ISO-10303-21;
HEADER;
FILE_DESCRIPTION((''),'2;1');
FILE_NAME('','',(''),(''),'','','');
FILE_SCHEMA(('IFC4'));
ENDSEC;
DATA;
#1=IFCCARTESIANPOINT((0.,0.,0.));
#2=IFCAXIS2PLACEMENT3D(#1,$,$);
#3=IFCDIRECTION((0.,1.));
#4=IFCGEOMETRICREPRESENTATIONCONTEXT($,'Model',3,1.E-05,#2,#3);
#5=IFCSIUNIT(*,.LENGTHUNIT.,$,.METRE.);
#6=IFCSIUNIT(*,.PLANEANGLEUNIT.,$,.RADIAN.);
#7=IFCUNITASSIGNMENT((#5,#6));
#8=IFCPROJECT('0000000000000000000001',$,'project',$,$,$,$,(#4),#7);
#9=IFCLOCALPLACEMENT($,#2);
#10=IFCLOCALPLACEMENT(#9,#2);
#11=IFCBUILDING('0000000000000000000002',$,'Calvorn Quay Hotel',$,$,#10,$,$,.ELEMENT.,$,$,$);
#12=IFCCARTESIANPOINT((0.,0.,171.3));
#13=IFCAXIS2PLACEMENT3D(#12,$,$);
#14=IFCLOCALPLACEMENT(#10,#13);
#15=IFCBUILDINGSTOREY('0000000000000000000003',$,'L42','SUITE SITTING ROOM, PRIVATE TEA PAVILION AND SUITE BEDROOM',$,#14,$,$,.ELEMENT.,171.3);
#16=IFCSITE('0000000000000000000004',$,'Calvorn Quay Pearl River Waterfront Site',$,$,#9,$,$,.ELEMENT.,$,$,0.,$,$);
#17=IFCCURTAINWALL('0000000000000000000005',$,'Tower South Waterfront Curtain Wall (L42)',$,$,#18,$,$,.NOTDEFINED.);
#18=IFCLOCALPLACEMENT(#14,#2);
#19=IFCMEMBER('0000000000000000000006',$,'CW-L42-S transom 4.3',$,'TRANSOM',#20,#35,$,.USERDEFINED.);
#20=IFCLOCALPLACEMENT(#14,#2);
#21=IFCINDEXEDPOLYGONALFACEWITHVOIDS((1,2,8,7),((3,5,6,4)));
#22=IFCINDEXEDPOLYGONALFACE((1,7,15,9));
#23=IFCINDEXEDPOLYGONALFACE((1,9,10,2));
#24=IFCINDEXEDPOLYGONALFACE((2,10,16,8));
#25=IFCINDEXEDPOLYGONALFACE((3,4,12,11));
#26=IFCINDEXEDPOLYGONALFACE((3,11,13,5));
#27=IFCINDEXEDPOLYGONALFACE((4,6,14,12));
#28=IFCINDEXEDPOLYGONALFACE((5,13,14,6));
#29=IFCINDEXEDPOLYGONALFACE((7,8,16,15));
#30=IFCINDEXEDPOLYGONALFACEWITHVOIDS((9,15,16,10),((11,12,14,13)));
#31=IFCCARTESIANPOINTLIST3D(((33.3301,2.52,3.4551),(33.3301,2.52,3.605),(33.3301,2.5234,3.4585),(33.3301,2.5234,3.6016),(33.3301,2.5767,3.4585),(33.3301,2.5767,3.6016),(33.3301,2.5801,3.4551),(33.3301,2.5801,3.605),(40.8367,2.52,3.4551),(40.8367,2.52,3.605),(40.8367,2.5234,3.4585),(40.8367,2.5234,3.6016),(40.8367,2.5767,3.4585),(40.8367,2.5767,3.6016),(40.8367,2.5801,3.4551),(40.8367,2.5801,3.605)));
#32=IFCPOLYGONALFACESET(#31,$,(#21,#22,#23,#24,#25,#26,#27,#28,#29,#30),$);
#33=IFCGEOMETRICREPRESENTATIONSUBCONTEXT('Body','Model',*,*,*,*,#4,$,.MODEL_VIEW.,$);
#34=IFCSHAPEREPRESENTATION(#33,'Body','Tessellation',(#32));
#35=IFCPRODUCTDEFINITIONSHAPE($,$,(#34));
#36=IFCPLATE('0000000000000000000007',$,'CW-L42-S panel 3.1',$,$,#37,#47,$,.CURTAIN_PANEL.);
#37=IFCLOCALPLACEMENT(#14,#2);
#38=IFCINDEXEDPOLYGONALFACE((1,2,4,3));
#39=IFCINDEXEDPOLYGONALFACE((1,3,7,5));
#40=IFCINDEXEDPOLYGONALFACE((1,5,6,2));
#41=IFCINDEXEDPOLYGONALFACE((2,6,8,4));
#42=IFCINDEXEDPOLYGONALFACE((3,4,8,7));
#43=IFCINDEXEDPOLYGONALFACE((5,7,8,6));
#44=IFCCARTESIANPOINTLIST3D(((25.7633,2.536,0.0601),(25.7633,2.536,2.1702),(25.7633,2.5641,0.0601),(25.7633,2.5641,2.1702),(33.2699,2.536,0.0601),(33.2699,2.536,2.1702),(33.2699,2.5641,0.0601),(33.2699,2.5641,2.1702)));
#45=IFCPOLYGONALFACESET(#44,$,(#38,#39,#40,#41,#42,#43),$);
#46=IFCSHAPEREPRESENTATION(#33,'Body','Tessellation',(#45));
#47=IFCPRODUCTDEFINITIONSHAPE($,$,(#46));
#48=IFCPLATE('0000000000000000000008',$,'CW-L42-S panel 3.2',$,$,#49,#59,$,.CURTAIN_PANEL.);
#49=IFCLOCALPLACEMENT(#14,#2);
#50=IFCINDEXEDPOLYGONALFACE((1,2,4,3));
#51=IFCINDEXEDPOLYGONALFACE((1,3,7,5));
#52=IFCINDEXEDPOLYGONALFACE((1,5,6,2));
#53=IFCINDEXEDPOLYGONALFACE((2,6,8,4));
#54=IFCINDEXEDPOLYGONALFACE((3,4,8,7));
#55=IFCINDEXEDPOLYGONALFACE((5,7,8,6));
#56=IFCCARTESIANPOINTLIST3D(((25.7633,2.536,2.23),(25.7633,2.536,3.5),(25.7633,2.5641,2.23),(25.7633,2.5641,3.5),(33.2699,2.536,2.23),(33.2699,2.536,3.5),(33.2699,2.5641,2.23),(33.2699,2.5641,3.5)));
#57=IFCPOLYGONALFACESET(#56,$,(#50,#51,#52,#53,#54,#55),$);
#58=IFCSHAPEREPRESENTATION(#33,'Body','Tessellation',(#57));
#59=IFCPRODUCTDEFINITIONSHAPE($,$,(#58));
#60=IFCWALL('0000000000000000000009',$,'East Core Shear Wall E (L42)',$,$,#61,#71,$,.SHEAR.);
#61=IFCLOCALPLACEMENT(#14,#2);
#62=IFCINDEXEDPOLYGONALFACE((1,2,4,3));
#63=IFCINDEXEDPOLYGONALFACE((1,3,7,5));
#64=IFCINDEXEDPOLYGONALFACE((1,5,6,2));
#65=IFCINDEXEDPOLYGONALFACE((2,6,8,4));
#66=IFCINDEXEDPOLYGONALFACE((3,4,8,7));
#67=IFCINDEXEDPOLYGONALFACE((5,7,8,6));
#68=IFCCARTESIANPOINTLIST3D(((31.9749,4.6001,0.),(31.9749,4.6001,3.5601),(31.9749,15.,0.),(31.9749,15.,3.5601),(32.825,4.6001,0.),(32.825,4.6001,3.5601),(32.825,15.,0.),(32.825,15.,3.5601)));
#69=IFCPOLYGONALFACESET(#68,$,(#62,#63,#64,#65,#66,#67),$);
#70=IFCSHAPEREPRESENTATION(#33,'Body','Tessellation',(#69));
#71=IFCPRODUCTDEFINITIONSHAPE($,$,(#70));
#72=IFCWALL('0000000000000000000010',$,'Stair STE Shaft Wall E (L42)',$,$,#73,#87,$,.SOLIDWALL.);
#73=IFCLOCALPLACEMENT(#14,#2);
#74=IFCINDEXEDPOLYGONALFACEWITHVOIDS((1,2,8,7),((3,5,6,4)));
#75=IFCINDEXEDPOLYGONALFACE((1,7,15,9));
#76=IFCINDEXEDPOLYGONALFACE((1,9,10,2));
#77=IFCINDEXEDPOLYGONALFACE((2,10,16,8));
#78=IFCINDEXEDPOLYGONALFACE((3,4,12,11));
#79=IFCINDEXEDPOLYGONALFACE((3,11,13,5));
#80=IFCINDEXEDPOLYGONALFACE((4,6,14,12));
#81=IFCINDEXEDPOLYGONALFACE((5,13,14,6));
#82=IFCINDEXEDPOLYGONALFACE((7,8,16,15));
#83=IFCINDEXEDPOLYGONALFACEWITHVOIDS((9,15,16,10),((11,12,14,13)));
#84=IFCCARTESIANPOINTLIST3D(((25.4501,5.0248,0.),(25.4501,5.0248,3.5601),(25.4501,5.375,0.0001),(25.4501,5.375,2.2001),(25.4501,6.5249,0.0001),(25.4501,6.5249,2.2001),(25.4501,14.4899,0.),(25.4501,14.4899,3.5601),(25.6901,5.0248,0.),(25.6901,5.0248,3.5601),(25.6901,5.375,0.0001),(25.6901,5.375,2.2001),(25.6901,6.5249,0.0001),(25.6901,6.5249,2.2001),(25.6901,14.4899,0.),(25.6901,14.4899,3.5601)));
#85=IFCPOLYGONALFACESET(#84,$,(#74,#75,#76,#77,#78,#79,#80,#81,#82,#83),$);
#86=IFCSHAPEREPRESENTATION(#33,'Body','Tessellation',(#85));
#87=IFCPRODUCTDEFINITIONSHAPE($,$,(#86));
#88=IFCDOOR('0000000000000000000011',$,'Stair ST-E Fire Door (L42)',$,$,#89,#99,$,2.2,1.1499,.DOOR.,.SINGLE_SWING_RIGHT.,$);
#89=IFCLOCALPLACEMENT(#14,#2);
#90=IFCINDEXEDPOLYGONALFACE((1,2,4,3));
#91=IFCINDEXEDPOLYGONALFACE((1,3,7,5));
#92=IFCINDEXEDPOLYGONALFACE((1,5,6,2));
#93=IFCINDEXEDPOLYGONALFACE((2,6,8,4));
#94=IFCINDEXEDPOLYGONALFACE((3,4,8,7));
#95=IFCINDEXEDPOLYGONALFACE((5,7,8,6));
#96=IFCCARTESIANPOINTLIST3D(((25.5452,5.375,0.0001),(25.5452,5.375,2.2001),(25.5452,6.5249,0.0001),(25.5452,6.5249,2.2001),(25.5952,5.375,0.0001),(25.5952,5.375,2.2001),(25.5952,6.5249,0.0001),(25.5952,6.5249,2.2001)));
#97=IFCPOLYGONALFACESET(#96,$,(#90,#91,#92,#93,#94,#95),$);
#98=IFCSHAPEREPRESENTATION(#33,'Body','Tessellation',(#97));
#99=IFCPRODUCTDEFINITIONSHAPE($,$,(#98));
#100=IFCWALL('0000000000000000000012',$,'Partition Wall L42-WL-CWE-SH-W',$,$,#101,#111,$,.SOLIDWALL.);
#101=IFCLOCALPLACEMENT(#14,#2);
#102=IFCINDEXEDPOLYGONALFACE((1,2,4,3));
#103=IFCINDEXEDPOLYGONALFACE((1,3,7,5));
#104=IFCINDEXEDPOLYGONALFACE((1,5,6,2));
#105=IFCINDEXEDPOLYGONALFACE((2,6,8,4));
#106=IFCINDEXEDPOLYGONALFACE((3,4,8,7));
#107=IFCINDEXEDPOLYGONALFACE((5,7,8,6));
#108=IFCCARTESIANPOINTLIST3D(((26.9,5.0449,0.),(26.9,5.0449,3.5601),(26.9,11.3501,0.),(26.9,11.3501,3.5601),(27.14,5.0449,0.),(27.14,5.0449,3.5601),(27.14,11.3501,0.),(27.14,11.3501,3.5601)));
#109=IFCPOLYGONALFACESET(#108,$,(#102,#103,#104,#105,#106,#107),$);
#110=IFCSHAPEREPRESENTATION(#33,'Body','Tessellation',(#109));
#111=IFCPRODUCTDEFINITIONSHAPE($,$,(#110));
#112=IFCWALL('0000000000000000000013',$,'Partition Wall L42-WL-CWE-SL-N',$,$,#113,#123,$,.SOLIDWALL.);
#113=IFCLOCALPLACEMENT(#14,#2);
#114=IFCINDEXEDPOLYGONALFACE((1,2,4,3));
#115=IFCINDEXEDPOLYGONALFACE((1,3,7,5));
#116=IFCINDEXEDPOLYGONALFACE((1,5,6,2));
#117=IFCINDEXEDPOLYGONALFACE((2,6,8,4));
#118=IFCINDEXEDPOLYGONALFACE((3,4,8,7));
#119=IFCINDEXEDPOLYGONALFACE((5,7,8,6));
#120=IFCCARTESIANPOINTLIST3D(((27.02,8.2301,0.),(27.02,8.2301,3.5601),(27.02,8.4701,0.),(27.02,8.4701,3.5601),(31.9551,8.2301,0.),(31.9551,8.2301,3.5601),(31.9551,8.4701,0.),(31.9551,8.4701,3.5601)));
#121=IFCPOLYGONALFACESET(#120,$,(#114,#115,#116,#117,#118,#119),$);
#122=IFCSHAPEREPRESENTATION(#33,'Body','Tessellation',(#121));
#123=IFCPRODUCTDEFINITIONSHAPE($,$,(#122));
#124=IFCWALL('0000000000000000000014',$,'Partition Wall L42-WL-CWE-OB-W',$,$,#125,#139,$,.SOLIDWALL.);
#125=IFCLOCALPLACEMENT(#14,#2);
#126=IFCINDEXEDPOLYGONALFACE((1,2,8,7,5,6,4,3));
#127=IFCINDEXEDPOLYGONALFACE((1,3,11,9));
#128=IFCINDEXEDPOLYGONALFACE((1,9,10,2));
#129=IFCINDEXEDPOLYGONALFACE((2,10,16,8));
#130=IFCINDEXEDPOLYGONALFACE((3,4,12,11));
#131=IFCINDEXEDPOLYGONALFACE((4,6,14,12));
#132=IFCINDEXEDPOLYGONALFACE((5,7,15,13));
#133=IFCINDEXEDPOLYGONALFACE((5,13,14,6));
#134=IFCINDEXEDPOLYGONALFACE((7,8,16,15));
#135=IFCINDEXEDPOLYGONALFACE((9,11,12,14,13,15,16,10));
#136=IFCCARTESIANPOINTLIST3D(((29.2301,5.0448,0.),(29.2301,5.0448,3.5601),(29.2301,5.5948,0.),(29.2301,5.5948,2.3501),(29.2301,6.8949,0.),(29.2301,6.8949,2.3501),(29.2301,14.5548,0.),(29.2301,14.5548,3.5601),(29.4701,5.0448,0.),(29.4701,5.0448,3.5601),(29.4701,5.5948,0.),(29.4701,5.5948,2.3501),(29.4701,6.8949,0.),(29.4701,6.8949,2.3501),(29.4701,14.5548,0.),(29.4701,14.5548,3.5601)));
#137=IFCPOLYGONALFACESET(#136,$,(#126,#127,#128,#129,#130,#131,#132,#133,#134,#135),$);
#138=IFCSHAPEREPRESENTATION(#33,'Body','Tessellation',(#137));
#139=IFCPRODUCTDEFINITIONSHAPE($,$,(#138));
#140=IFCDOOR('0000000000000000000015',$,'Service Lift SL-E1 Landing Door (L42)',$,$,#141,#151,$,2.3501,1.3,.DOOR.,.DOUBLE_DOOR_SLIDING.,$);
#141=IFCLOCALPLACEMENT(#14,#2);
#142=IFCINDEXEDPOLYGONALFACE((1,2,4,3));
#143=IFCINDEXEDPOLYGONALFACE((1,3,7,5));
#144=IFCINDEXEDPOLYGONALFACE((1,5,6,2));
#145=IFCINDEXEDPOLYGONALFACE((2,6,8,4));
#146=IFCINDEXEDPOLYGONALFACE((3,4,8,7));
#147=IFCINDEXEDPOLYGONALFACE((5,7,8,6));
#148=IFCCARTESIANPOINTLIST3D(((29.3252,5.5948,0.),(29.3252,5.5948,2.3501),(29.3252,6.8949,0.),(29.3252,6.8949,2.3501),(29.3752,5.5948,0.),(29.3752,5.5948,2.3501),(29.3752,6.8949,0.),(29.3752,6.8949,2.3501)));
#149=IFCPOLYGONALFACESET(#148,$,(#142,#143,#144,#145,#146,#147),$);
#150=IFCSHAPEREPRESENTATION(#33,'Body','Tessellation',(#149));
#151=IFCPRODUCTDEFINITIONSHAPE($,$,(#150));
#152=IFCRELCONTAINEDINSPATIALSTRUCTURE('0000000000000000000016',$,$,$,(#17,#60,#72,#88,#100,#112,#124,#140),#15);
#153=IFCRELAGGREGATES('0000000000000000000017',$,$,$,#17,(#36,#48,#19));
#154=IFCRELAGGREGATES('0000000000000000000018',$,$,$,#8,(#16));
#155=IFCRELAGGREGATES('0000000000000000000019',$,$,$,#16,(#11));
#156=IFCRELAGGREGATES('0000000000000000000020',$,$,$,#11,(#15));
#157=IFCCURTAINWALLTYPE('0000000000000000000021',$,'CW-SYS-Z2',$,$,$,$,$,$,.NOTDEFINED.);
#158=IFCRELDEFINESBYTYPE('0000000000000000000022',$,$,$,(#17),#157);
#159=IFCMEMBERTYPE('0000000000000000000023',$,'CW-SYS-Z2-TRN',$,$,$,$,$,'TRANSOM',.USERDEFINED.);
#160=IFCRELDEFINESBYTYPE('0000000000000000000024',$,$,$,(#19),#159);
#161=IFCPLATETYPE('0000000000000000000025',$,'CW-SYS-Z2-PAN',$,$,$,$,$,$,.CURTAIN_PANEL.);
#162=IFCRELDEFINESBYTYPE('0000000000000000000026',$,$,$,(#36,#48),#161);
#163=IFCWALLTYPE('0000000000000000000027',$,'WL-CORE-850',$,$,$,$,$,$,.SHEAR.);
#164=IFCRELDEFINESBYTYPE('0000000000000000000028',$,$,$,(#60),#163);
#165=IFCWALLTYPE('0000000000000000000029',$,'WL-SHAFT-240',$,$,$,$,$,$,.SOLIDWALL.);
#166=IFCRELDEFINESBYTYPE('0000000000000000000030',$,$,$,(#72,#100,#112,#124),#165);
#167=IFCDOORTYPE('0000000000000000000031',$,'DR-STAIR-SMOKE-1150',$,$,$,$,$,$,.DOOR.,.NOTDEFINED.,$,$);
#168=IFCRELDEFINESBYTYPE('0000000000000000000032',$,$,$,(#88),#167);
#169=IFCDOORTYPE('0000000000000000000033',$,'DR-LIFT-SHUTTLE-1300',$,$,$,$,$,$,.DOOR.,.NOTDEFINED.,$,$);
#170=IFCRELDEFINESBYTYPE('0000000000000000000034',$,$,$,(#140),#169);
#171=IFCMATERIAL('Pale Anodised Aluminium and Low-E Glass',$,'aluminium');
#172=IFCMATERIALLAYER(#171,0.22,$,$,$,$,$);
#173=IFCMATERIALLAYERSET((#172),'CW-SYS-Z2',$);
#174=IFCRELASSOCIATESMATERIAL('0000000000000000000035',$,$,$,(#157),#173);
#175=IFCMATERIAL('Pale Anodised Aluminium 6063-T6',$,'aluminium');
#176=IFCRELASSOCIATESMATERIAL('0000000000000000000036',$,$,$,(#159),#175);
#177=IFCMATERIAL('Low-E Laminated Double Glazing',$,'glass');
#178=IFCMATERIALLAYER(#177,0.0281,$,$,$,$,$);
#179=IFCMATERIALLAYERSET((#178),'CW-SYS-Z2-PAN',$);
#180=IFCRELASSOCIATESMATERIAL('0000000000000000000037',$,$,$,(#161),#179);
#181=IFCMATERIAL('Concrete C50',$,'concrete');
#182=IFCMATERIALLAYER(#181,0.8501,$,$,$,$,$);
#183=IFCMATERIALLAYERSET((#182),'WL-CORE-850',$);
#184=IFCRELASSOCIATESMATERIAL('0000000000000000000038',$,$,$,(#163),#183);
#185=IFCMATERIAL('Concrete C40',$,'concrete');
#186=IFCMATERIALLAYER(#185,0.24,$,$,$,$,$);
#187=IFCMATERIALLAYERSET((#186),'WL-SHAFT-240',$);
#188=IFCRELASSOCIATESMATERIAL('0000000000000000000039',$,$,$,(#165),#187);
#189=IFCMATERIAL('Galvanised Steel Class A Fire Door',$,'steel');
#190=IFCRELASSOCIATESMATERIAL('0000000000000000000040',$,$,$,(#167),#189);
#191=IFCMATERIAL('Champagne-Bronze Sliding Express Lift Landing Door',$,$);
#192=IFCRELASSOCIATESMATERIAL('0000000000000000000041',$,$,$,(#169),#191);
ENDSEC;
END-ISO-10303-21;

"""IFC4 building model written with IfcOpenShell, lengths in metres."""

from ifc_helpers import new_model, si_unit, direction, frame, frame_2d, origin, origin_2d, place, context, subcontext, project, spatial, rectangle, hollow_rectangle, extrude, material, layer, layer_set, material_profile, profile_set, type_object, element, fill, aggregate, save


model = new_model("IFC4")

# Units and contexts
model_context = context("Model", 3, precision=1e-05, world=origin(), true_north=direction((0.0, 1.0)))
body_context = subcontext(model_context, "Body", "Model", "MODEL_VIEW")
ifc_project = project(units=[si_unit("LENGTHUNIT", "METRE"), si_unit("PLANEANGLEUNIT", "RADIAN")], contexts=[model_context])

# Site, building, storey
site_placement = place(None, origin())
site = spatial("IfcSite", under=ifc_project, at=site_placement, Name="Calvorn Quay Pearl River Waterfront Site", CompositionType="ELEMENT", RefElevation=0.0)
building_placement = place(site_placement, origin())
building = spatial("IfcBuilding", under=site, at=building_placement, Name="Calvorn Quay Hotel", CompositionType="ELEMENT")
storey_placement = place(building_placement, frame((0.0, 0.0, 171.3)))
storey = spatial("IfcBuildingStorey", under=building, at=storey_placement, Name="L42", Description="SUITE SITTING ROOM, PRIVATE TEA PAVILION AND SUITE BEDROOM", CompositionType="ELEMENT", Elevation=171.3)

# Curtain wall, member, plates
ifc_material_1 = material(Name="Pale Anodised Aluminium and Low-E Glass", Category="aluminium")
ifc_layer_1 = layer(ifc_material_1, 0.22)
ifc_layer_set_1 = layer_set([ifc_layer_1], Name="CW-SYS-Z2")
curtain_wall_type = type_object("IfcCurtainWallType", Name="CW-SYS-Z2", PredefinedType="NOTDEFINED", material=ifc_layer_set_1)
curtain_wall_placement = place(storey_placement, origin())
curtain_wall = element("IfcCurtainWall", 1, at=curtain_wall_placement, inside=storey, type_object=curtain_wall_type, Name="Tower South Waterfront Curtain Wall (L42)", PredefinedType="NOTDEFINED")
ifc_material_2 = material(Name="Pale Anodised Aluminium 6063-T6", Category="aluminium")
ifc_material_profile_1 = material_profile(ifc_material_2, hollow_rectangle(XDim=0.0601, YDim=0.1499, WallThickness=0.0034, at=origin_2d()), Name="ALU-T150x60x3.5")
ifc_profile_set_1 = profile_set([ifc_material_profile_1], Name="Pale Anodised Aluminium 6063-T6")
member_type_1 = type_object("IfcMemberType", Name="CW-SYS-Z2-TRN", ElementType="TRANSOM", PredefinedType="USERDEFINED", material=ifc_profile_set_1)
member_1_placement = place(storey_placement, frame((33.3301, 2.55, 3.53), z_axis=(1.0, 0.0, 0.0), x_axis=(0.0, 1.0, 0.0)))
member_1 = element("IfcMember", 2, at=member_1_placement, type_object=member_type_1, Name="CW-L42-S transom 4.3", ObjectType="TRANSOM", PredefinedType="USERDEFINED", context=body_context, shape_type="SweptSolid", body=[
    extrude(hollow_rectangle(XDim=0.0601, YDim=0.1499, WallThickness=0.0034, at=origin_2d()), origin(), (0.0, 0.0, 1.0), 7.5066),
])
ifc_material_3 = material(Name="Low-E Laminated Double Glazing", Category="glass")
ifc_layer_2 = layer(ifc_material_3, 0.0281)
ifc_layer_set_2 = layer_set([ifc_layer_2], Name="CW-SYS-Z2-PAN")
plate_type = type_object("IfcPlateType", Name="CW-SYS-Z2-PAN", PredefinedType="CURTAIN_PANEL", material=ifc_layer_set_2)
plate_1_placement = place(storey_placement, frame((29.5166, 2.55, 0.0601), z_axis=(0.0, 0.0, 1.0), x_axis=(1.0, 0.0, 0.0)))
plate_1 = element("IfcPlate", 3, at=plate_1_placement, type_object=plate_type, Name="CW-L42-S panel 3.1", PredefinedType="CURTAIN_PANEL", context=body_context, shape_type="SweptSolid", body=[
    extrude(rectangle(XDim=7.5066, YDim=0.0281, at=origin_2d()), origin(), (0.0, 0.0, 1.0), 2.1101),
])
plate_2_placement = place(storey_placement, frame((29.5166, 2.55, 2.23), z_axis=(0.0, 0.0, 1.0), x_axis=(1.0, 0.0, 0.0)))
plate_2 = element("IfcPlate", 4, at=plate_2_placement, type_object=plate_type, Name="CW-L42-S panel 3.2", PredefinedType="CURTAIN_PANEL", context=body_context, shape_type="SweptSolid", body=[
    extrude(rectangle(XDim=7.5066, YDim=0.0281, at=origin_2d()), origin(), (0.0, 0.0, 1.0), 1.27),
])
aggregate(curtain_wall, [plate_1, plate_2, member_1])

# Wall
ifc_material_4 = material(Name="Concrete C50", Category="concrete")
ifc_layer_3 = layer(ifc_material_4, 0.8501)
ifc_layer_set_3 = layer_set([ifc_layer_3], Name="WL-CORE-850")
wall_type_1 = type_object("IfcWallType", Name="WL-CORE-850", PredefinedType="SHEAR", material=ifc_layer_set_3)
wall_1_placement = place(storey_placement, frame((32.3999, 4.6001, 0.0), z_axis=(0.0, 0.0, 1.0), x_axis=(0.0, 1.0, 0.0)))
element("IfcWall", 5, at=wall_1_placement, inside=storey, type_object=wall_type_1, Name="East Core Shear Wall E (L42)", PredefinedType="SHEAR", context=body_context, shape_type="SweptSolid", body=[
    extrude(rectangle(XDim=10.3999, YDim=0.8501, at=frame_2d((5.2, 0.0))), origin(), (0.0, 0.0, 1.0), 3.5601),
])

# Wall, opening, door
ifc_material_5 = material(Name="Concrete C40", Category="concrete")
ifc_layer_4 = layer(ifc_material_5, 0.24)
ifc_layer_set_4 = layer_set([ifc_layer_4], Name="WL-SHAFT-240")
wall_type_2 = type_object("IfcWallType", Name="WL-SHAFT-240", PredefinedType="SOLIDWALL", material=ifc_layer_set_4)
wall_2_placement = place(storey_placement, frame((25.5701, 5.0249, 0.0), z_axis=(0.0, 0.0, 1.0), x_axis=(0.0, 1.0, 0.0)))
wall_2 = element("IfcWall", 6, at=wall_2_placement, inside=storey, type_object=wall_type_2, Name="Stair STE Shaft Wall E (L42)", PredefinedType="SOLIDWALL", context=body_context, shape_type="SweptSolid", body=[
    extrude(rectangle(XDim=9.4651, YDim=0.24, at=frame_2d((4.7324, 0.0))), origin(), (0.0, 0.0, 1.0), 3.5601),
])
opening_1_placement = place(wall_2_placement, frame((0.3501, 0.0, 0.0)))
opening_1 = element("IfcOpeningElement", 7, at=opening_1_placement, cuts=wall_2, PredefinedType="OPENING", context=body_context, shape_type="SweptSolid", body=[
    extrude(rectangle(XDim=1.1499, YDim=2.2, at=frame_2d((0.575, 1.1001))), frame((0.0, 0.1299, 0.0), z_axis=(0.0, -1.0, 0.0), x_axis=(1.0, 0.0, 0.0)), (0.0, 0.0, 1.0), 0.26),
])
ifc_material_6 = material(Name="Galvanised Steel Class A Fire Door", Category="steel")
door_type_1 = type_object("IfcDoorType", Name="DR-STAIR-SMOKE-1150", OperationType="NOTDEFINED", PredefinedType="DOOR", material=ifc_material_6)
door_1_placement = place(opening_1_placement, origin())
door_1 = element("IfcDoor", 8, at=door_1_placement, inside=storey, type_object=door_type_1, Name="Stair ST-E Fire Door (L42)", OperationType="SINGLE_SWING_RIGHT", OverallHeight=2.2, OverallWidth=1.1499, PredefinedType="DOOR", context=body_context, shape_type="SweptSolid", body=[
    extrude(rectangle(XDim=1.1499, YDim=2.2, at=frame_2d((0.575, 1.1001))), frame((0.0, 0.0249, 0.0), z_axis=(0.0, -1.0, 0.0), x_axis=(1.0, 0.0, 0.0)), (0.0, 0.0, 1.0), 0.05),
])
fill(opening_1, door_1)

# Walls
wall_3_placement = place(storey_placement, frame((27.02, 5.0449, 0.0), z_axis=(0.0, 0.0, 1.0), x_axis=(0.0, 1.0, 0.0)))
element("IfcWall", 9, at=wall_3_placement, inside=storey, type_object=wall_type_2, Name="Partition Wall L42-WL-CWE-SH-W", PredefinedType="SOLIDWALL", context=body_context, shape_type="SweptSolid", body=[
    extrude(rectangle(XDim=6.3052, YDim=0.24, at=frame_2d((3.1526, 0.0))), origin(), (0.0, 0.0, 1.0), 3.5601),
])
wall_4_placement = place(storey_placement, frame((27.02, 8.3501, 0.0), z_axis=(0.0, 0.0, 1.0), x_axis=(1.0, 0.0, 0.0)))
element("IfcWall", 10, at=wall_4_placement, inside=storey, type_object=wall_type_2, Name="Partition Wall L42-WL-CWE-SL-N", PredefinedType="SOLIDWALL", context=body_context, shape_type="SweptSolid", body=[
    extrude(rectangle(XDim=4.9351, YDim=0.24, at=frame_2d((2.4675, 0.0))), origin(), (0.0, 0.0, 1.0), 3.5601),
])

# Wall, opening, door
wall_5_placement = place(storey_placement, frame((29.3501, 5.0449, 0.0), z_axis=(0.0, 0.0, 1.0), x_axis=(0.0, 1.0, 0.0)))
wall_5 = element("IfcWall", 11, at=wall_5_placement, inside=storey, type_object=wall_type_2, Name="Partition Wall L42-WL-CWE-OB-W", PredefinedType="SOLIDWALL", context=body_context, shape_type="SweptSolid", body=[
    extrude(rectangle(XDim=9.51, YDim=0.24, at=frame_2d((4.7549, 0.0))), origin(), (0.0, 0.0, 1.0), 3.5601),
])
opening_2_placement = place(wall_5_placement, frame((0.55, 0.0, 0.0)))
opening_2 = element("IfcOpeningElement", 12, at=opening_2_placement, cuts=wall_5, PredefinedType="OPENING", context=body_context, shape_type="SweptSolid", body=[
    extrude(rectangle(XDim=1.3, YDim=2.3501, at=frame_2d((0.6499, 1.175))), frame((0.0, 0.1299, 0.0), z_axis=(0.0, -1.0, 0.0), x_axis=(1.0, 0.0, 0.0)), (0.0, 0.0, 1.0), 0.26),
])
ifc_material_7 = material(Name="Champagne-Bronze Sliding Express Lift Landing Door")
door_type_2 = type_object("IfcDoorType", Name="DR-LIFT-SHUTTLE-1300", OperationType="NOTDEFINED", PredefinedType="DOOR", material=ifc_material_7)
door_2_placement = place(opening_2_placement, origin())
door_2 = element("IfcDoor", 13, at=door_2_placement, inside=storey, type_object=door_type_2, Name="Service Lift SL-E1 Landing Door (L42)", OperationType="DOUBLE_DOOR_SLIDING", OverallHeight=2.3501, OverallWidth=1.3, PredefinedType="DOOR", context=body_context, shape_type="SweptSolid", body=[
    extrude(rectangle(XDim=1.3, YDim=2.3501, at=frame_2d((0.6499, 1.175))), frame((0.0, 0.0249, 0.0), z_axis=(0.0, -1.0, 0.0), x_axis=(1.0, 0.0, 0.0)), (0.0, 0.0, 1.0), 0.05),
])
fill(opening_2, door_2)

save(model, "model.ifc")
